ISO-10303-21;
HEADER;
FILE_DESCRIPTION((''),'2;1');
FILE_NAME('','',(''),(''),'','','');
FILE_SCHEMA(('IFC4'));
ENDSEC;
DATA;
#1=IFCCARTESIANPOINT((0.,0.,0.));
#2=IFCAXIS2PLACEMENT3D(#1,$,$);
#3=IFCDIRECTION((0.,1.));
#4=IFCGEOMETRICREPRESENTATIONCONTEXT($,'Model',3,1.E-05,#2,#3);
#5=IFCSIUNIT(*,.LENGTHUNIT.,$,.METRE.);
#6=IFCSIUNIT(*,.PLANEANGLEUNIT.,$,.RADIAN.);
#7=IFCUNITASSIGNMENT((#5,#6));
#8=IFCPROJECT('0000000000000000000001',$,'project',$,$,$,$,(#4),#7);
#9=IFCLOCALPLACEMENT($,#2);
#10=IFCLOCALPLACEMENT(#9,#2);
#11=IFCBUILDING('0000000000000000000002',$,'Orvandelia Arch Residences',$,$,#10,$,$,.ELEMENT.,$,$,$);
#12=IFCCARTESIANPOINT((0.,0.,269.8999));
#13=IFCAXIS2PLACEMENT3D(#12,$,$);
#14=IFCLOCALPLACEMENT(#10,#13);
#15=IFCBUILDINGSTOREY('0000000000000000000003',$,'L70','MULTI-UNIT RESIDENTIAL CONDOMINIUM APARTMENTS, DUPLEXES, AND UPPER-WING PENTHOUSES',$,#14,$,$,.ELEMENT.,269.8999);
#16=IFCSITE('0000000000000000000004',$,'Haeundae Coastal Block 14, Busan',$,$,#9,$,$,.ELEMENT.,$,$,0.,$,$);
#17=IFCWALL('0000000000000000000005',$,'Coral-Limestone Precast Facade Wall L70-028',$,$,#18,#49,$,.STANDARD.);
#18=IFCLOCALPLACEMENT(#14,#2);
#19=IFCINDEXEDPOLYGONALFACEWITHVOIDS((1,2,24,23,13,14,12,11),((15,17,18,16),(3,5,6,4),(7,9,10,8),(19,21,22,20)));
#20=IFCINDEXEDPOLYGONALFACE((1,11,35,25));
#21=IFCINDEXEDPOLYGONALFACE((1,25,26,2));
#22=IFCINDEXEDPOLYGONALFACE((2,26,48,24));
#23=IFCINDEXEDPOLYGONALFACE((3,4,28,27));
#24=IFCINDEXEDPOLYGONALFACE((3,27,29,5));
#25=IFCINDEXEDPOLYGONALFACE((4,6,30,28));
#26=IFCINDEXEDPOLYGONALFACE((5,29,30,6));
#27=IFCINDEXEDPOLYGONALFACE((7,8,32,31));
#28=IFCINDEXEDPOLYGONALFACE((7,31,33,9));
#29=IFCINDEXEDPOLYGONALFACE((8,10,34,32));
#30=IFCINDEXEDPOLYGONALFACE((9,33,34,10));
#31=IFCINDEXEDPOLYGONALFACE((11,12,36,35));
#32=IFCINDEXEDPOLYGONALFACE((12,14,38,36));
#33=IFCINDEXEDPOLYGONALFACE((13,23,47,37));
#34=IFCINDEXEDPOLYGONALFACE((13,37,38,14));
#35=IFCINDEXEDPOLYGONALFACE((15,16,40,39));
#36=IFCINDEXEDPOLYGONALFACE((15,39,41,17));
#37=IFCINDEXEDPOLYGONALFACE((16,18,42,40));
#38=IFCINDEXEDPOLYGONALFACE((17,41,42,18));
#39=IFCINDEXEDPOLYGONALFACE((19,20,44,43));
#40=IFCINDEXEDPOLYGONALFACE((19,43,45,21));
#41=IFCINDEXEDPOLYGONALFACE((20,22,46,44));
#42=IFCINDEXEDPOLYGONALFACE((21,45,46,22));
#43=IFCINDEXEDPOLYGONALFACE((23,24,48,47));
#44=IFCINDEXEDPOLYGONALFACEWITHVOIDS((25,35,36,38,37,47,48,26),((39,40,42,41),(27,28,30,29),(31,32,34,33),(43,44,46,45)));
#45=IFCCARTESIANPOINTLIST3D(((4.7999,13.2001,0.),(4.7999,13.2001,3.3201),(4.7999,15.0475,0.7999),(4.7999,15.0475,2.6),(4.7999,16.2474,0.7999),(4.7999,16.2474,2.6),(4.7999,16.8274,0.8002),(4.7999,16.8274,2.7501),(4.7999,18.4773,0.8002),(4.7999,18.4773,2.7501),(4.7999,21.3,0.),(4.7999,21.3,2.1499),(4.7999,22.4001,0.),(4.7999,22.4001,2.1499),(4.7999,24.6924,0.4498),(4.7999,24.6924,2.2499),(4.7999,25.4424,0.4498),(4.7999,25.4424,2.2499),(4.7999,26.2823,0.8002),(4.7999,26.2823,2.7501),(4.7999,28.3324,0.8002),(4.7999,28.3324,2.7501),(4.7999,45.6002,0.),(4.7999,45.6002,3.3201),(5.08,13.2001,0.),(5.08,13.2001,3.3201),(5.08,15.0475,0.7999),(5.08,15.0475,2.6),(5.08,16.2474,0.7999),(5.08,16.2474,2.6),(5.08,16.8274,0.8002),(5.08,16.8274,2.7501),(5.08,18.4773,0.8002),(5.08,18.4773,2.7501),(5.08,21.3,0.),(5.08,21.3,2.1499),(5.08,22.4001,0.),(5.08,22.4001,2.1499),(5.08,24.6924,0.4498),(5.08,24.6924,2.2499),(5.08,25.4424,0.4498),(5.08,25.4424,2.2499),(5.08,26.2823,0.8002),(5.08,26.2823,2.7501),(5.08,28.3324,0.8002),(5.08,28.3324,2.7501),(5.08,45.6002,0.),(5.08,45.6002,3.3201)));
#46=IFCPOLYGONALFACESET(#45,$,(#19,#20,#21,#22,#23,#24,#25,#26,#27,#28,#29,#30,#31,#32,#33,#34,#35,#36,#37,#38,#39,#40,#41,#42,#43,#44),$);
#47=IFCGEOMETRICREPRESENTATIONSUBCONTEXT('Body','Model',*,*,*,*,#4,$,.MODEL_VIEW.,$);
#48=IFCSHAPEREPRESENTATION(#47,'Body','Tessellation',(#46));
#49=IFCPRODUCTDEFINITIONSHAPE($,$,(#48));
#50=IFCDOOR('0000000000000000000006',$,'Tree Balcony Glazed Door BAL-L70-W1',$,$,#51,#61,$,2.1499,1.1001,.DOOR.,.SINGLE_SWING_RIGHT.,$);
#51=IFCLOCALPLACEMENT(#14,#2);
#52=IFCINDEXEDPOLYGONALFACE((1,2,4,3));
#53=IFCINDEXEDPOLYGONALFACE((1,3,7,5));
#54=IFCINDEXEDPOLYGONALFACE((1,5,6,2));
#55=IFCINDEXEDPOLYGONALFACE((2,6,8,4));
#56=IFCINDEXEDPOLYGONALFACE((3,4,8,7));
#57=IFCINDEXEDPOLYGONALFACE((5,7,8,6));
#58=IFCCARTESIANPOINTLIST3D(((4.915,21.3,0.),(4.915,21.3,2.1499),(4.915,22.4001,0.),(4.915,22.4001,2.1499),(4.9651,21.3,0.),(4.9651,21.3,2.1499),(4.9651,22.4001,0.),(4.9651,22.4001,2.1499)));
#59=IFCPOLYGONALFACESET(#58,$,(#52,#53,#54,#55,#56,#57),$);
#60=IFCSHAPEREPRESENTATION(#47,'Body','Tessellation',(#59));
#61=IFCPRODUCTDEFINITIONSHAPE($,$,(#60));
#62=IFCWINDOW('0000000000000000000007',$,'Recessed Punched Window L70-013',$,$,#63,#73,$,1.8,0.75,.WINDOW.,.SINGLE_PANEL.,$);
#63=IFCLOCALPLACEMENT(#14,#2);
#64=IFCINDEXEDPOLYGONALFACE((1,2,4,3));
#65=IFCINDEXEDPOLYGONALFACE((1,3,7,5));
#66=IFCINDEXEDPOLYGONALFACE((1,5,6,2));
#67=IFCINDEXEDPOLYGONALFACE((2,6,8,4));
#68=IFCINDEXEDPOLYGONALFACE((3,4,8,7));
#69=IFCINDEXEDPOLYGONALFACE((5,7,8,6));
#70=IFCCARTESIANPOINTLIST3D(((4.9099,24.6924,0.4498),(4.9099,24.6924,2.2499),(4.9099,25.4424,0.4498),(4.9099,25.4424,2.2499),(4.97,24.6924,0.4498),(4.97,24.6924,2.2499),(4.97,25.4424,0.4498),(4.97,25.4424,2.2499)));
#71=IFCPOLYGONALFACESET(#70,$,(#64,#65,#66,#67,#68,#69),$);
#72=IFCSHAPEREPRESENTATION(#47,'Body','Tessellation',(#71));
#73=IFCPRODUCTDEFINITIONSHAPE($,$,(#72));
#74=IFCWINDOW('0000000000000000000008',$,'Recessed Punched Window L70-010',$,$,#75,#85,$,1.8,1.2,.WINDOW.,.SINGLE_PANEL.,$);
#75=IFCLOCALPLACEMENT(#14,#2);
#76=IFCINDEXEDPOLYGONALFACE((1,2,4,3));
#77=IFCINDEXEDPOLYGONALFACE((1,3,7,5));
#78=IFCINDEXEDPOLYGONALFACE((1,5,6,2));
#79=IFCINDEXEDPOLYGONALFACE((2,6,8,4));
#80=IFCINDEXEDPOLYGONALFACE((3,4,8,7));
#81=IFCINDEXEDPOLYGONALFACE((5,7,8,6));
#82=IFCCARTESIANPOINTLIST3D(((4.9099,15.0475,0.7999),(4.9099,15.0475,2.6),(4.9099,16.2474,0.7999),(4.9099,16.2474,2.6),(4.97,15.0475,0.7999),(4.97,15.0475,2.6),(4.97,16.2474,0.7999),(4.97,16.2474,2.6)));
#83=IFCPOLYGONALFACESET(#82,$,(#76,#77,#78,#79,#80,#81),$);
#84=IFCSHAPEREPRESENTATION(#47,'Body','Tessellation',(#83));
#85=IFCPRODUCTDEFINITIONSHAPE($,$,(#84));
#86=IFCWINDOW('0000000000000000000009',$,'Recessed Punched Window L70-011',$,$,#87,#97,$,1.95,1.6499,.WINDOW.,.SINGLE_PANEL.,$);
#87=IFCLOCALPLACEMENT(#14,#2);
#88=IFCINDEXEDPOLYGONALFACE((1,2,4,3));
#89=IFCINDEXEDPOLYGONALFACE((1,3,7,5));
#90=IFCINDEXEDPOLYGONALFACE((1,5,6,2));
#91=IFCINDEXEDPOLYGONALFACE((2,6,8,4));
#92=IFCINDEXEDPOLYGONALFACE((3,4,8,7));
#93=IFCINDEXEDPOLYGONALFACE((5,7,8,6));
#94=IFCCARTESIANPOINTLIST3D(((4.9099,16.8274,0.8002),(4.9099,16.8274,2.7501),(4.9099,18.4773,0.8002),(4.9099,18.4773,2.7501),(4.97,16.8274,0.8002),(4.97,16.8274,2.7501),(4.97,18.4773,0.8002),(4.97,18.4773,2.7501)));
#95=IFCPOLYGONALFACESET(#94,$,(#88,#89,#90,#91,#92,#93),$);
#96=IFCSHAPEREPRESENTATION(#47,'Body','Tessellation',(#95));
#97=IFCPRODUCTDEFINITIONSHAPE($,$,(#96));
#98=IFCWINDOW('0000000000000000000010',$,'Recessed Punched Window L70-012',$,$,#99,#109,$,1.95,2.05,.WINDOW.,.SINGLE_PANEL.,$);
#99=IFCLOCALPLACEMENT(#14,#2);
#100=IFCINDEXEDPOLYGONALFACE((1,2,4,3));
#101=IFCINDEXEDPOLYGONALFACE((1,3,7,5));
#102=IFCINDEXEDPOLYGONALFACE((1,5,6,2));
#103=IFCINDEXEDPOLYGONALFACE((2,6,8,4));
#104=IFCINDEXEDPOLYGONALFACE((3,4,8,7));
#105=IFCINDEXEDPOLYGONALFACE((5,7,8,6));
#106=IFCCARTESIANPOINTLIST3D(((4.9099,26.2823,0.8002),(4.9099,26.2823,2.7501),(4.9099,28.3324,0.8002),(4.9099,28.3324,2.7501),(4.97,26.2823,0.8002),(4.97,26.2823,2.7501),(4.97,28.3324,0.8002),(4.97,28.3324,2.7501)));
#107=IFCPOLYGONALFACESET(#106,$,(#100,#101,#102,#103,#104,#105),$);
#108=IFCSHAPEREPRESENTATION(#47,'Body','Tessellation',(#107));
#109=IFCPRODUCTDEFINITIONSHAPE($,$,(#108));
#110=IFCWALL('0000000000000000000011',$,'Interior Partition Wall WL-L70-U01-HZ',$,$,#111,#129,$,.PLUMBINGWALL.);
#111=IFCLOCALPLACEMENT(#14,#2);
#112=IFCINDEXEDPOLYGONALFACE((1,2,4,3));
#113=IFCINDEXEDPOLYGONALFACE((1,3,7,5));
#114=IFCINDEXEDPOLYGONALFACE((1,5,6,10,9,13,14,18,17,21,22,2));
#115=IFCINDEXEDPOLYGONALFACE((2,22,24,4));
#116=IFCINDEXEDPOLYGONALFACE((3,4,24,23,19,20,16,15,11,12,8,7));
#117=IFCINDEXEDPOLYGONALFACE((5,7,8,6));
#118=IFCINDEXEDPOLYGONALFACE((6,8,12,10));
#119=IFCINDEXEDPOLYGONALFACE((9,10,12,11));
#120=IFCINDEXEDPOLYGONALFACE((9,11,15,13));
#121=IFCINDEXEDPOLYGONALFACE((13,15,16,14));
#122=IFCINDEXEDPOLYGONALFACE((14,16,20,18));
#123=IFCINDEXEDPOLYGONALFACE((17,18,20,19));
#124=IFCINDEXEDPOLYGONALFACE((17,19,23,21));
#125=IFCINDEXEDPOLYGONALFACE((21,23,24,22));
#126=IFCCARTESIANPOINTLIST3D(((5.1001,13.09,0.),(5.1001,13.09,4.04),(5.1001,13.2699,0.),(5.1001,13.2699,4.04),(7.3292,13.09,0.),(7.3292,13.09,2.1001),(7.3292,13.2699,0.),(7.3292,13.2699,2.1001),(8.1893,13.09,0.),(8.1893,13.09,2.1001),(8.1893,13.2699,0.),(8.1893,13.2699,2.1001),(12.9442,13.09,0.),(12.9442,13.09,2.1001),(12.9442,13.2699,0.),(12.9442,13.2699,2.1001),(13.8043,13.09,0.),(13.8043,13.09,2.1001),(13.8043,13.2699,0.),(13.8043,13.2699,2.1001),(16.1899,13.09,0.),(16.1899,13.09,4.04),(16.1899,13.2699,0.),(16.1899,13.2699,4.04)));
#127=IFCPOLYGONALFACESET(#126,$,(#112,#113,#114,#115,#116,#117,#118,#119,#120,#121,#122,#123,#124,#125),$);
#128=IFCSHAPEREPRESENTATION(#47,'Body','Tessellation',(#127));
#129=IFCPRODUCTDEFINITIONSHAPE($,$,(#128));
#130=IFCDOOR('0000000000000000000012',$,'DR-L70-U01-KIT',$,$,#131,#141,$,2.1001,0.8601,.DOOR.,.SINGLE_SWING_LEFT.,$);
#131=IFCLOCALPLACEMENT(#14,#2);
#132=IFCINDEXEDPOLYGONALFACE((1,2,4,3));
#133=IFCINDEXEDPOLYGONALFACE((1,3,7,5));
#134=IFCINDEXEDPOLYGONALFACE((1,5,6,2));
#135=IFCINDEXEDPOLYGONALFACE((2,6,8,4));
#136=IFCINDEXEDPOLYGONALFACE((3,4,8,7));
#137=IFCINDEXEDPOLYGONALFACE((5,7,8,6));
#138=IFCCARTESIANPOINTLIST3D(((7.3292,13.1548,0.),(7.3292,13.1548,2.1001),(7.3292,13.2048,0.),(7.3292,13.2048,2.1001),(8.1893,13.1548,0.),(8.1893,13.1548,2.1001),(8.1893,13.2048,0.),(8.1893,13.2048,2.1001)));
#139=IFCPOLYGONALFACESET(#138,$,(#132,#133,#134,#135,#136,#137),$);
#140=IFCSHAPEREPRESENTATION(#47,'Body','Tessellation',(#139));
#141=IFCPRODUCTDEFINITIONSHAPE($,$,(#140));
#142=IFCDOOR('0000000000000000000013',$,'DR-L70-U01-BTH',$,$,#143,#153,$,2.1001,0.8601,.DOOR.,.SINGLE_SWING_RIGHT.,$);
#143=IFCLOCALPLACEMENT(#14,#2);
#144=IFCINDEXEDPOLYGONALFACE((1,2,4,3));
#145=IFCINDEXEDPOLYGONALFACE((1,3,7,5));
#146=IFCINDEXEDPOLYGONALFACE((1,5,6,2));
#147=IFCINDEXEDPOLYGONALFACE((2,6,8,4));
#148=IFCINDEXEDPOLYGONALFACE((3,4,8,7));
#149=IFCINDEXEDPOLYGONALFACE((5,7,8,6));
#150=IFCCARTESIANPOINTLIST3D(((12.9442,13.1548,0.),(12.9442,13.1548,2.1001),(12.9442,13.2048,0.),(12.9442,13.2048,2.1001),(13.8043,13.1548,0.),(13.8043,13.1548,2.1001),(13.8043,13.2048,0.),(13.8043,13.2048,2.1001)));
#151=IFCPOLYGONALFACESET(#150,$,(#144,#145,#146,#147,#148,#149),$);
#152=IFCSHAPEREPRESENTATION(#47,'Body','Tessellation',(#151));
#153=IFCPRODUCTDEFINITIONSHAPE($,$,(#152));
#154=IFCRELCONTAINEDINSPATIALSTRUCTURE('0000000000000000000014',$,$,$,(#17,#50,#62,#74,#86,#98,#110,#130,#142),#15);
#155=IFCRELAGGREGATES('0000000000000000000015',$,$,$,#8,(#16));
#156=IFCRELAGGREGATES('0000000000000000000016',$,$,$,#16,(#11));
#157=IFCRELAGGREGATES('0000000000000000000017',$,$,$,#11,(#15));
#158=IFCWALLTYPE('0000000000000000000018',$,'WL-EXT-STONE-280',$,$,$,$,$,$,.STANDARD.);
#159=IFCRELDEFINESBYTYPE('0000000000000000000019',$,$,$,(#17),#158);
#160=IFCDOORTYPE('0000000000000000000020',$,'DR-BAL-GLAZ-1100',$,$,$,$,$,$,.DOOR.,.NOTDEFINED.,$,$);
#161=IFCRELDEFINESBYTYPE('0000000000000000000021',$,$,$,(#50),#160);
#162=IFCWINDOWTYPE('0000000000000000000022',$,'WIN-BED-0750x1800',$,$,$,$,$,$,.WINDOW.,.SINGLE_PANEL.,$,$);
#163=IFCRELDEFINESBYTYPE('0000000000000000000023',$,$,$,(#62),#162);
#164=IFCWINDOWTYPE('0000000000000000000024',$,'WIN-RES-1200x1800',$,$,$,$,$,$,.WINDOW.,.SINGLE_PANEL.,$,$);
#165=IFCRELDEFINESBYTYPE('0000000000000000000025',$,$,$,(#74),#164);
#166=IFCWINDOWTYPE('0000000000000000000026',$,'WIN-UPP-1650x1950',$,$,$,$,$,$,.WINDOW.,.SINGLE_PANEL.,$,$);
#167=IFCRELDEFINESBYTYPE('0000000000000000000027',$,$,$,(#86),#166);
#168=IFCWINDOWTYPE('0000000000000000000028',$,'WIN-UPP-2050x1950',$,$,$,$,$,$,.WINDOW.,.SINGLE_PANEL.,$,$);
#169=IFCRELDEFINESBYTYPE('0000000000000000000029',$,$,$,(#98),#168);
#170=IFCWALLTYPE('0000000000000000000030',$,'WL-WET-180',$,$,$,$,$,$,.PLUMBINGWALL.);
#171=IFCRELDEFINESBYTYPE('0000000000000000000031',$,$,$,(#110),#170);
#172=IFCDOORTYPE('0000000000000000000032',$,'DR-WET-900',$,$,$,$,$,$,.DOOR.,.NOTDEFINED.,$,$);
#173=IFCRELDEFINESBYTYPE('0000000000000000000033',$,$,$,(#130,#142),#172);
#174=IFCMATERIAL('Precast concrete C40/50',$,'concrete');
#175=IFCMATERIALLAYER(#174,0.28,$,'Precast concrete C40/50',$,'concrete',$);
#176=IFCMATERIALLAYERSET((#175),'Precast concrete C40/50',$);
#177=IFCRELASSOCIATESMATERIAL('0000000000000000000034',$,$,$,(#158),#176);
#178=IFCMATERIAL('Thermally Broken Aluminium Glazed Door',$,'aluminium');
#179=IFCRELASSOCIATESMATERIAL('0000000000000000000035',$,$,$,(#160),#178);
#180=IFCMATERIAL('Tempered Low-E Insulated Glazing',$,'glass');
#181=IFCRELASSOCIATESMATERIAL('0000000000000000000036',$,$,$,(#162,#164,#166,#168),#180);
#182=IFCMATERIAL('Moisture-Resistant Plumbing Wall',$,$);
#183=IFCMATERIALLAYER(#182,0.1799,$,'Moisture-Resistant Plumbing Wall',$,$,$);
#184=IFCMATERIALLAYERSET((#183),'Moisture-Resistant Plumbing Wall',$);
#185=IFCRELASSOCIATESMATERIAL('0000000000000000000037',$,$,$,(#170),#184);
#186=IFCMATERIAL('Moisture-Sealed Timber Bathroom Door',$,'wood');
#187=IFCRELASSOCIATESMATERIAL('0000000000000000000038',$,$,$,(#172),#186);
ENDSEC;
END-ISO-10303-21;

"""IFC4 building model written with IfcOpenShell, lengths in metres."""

from ifc_helpers import new_model, si_unit, direction, frame, frame_2d, origin, place, context, subcontext, project, spatial, rectangle, extrude, material, layer, layer_set, type_object, element, fill, save


model = new_model("IFC4")

# Units and contexts
model_context = context("Model", 3, precision=1e-05, world=origin(), true_north=direction((0.0, 1.0)))
body_context = subcontext(model_context, "Body", "Model", "MODEL_VIEW")
ifc_project = project(units=[si_unit("LENGTHUNIT", "METRE"), si_unit("PLANEANGLEUNIT", "RADIAN")], contexts=[model_context])

# Site, building, storey
site_placement = place(None, origin())
site = spatial("IfcSite", under=ifc_project, at=site_placement, Name="Haeundae Coastal Block 14, Busan", CompositionType="ELEMENT", RefElevation=0.0)
building_placement = place(site_placement, origin())
building = spatial("IfcBuilding", under=site, at=building_placement, Name="Orvandelia Arch Residences", CompositionType="ELEMENT")
storey_placement = place(building_placement, frame((0.0, 0.0, 269.8999)))
storey = spatial("IfcBuildingStorey", under=building, at=storey_placement, Name="L70", Description="MULTI-UNIT RESIDENTIAL CONDOMINIUM APARTMENTS, DUPLEXES, AND UPPER-WING PENTHOUSES", CompositionType="ELEMENT", Elevation=269.8999)

# Shared definitions
ifc_material_1 = material(Name="Precast concrete C40/50", Category="concrete")

# Shared definitions
ifc_layer_1 = layer(ifc_material_1, 0.28, Name="Precast concrete C40/50", Category="concrete")
ifc_layer_set_1 = layer_set([ifc_layer_1], Name="Precast concrete C40/50")
wall_type_1 = type_object("IfcWallType", Name="WL-EXT-STONE-280", PredefinedType="STANDARD", material=ifc_layer_set_1)

# Wall, openings, door, windows
wall_1_placement = place(storey_placement, frame((4.9399, 13.2, 0.0), z_axis=(0.0, 0.0, 1.0), x_axis=(0.0, 1.0, 0.0)))
wall_1 = element("IfcWall", 1, at=wall_1_placement, inside=storey, type_object=wall_type_1, Name="Coral-Limestone Precast Facade Wall L70-028", PredefinedType="STANDARD", context=body_context, shape_type="SweptSolid", body=[
    extrude(rectangle(XDim=32.4001, YDim=0.28, at=frame_2d((16.2002, 0.0))), origin(), (0.0, 0.0, 1.0), 3.3201),
])
opening_1_placement = place(wall_1_placement, frame((8.1001, 0.0, 0.0)))
opening_1 = element("IfcOpeningElement", 2, at=opening_1_placement, cuts=wall_1, PredefinedType="OPENING", context=body_context, shape_type="SweptSolid", body=[
    extrude(rectangle(XDim=1.1001, YDim=2.1499, at=frame_2d((0.55, 1.075))), frame((0.0, 0.1499, 0.0), z_axis=(0.0, -1.0, 0.0), x_axis=(1.0, 0.0, 0.0)), (0.0, 0.0, 1.0), 0.3),
])
opening_2_placement = place(wall_1_placement, frame((1.8474, 0.0, 0.8)))
opening_2 = element("IfcOpeningElement", 3, at=opening_2_placement, cuts=wall_1, PredefinedType="OPENING", context=body_context, shape_type="SweptSolid", body=[
    extrude(rectangle(XDim=1.2, YDim=1.8, at=frame_2d((0.6001, 0.8999))), frame((0.0, 0.1499, 0.0), z_axis=(0.0, -1.0, 0.0), x_axis=(1.0, 0.0, 0.0)), (0.0, 0.0, 1.0), 0.3),
])
opening_3_placement = place(wall_1_placement, frame((3.6274, 0.0, 0.8)))
opening_3 = element("IfcOpeningElement", 4, at=opening_3_placement, cuts=wall_1, PredefinedType="OPENING", context=body_context, shape_type="SweptSolid", body=[
    extrude(rectangle(XDim=1.6499, YDim=1.95, at=frame_2d((0.825, 0.9751))), frame((0.0, 0.1499, 0.0), z_axis=(0.0, -1.0, 0.0), x_axis=(1.0, 0.0, 0.0)), (0.0, 0.0, 1.0), 0.3),
])
opening_4_placement = place(wall_1_placement, frame((13.0825, 0.0, 0.8)))
opening_4 = element("IfcOpeningElement", 5, at=opening_4_placement, cuts=wall_1, PredefinedType="OPENING", context=body_context, shape_type="SweptSolid", body=[
    extrude(rectangle(XDim=2.05, YDim=1.95, at=frame_2d((1.0249, 0.9751))), frame((0.0, 0.1499, 0.0), z_axis=(0.0, -1.0, 0.0), x_axis=(1.0, 0.0, 0.0)), (0.0, 0.0, 1.0), 0.3),
])
opening_5_placement = place(wall_1_placement, frame((11.4924, 0.0, 0.45)))
opening_5 = element("IfcOpeningElement", 6, at=opening_5_placement, cuts=wall_1, PredefinedType="OPENING", context=body_context, shape_type="SweptSolid", body=[
    extrude(rectangle(XDim=0.75, YDim=1.8, at=frame_2d((0.375, 0.8999))), frame((0.0, 0.1499, 0.0), z_axis=(0.0, -1.0, 0.0), x_axis=(1.0, 0.0, 0.0)), (0.0, 0.0, 1.0), 0.3),
])
ifc_material_2 = material(Name="Thermally Broken Aluminium Glazed Door", Category="aluminium")
door_type_1 = type_object("IfcDoorType", Name="DR-BAL-GLAZ-1100", OperationType="NOTDEFINED", PredefinedType="DOOR", material=ifc_material_2)
door_1_placement = place(opening_1_placement, origin())
door_1 = element("IfcDoor", 7, at=door_1_placement, inside=storey, type_object=door_type_1, Name="Tree Balcony Glazed Door BAL-L70-W1", OperationType="SINGLE_SWING_RIGHT", OverallHeight=2.1499, OverallWidth=1.1001, PredefinedType="DOOR", context=body_context, shape_type="SweptSolid", body=[
    extrude(rectangle(XDim=1.1001, YDim=2.1499, at=frame_2d((0.55, 1.075))), frame((0.0, 0.0249, 0.0), z_axis=(0.0, -1.0, 0.0), x_axis=(1.0, 0.0, 0.0)), (0.0, 0.0, 1.0), 0.05),
])
fill(opening_1, door_1)
ifc_material_3 = material(Name="Tempered Low-E Insulated Glazing", Category="glass")
window_type_1 = type_object("IfcWindowType", Name="WIN-BED-0750x1800", PartitioningType="SINGLE_PANEL", PredefinedType="WINDOW", material=ifc_material_3)
window_1_placement = place(opening_5_placement, origin())
window_1 = element("IfcWindow", 8, at=window_1_placement, inside=storey, type_object=window_type_1, Name="Recessed Punched Window L70-013", OverallHeight=1.8, OverallWidth=0.75, PartitioningType="SINGLE_PANEL", PredefinedType="WINDOW", context=body_context, shape_type="SweptSolid", body=[
    extrude(rectangle(XDim=0.75, YDim=1.8, at=frame_2d((0.375, 0.8999))), frame((0.0, 0.03, 0.0), z_axis=(0.0, -1.0, 0.0), x_axis=(1.0, 0.0, 0.0)), (0.0, 0.0, 1.0), 0.0601),
])
fill(opening_5, window_1)
window_type_2 = type_object("IfcWindowType", Name="WIN-RES-1200x1800", PartitioningType="SINGLE_PANEL", PredefinedType="WINDOW", material=ifc_material_3)
window_2_placement = place(opening_2_placement, origin())
window_2 = element("IfcWindow", 9, at=window_2_placement, inside=storey, type_object=window_type_2, Name="Recessed Punched Window L70-010", OverallHeight=1.8, OverallWidth=1.2, PartitioningType="SINGLE_PANEL", PredefinedType="WINDOW", context=body_context, shape_type="SweptSolid", body=[
    extrude(rectangle(XDim=1.2, YDim=1.8, at=frame_2d((0.6001, 0.8999))), frame((0.0, 0.03, 0.0), z_axis=(0.0, -1.0, 0.0), x_axis=(1.0, 0.0, 0.0)), (0.0, 0.0, 1.0), 0.0601),
])
fill(opening_2, window_2)
window_type_3 = type_object("IfcWindowType", Name="WIN-UPP-1650x1950", PartitioningType="SINGLE_PANEL", PredefinedType="WINDOW", material=ifc_material_3)
window_3_placement = place(opening_3_placement, origin())
window_3 = element("IfcWindow", 10, at=window_3_placement, inside=storey, type_object=window_type_3, Name="Recessed Punched Window L70-011", OverallHeight=1.95, OverallWidth=1.6499, PartitioningType="SINGLE_PANEL", PredefinedType="WINDOW", context=body_context, shape_type="SweptSolid", body=[
    extrude(rectangle(XDim=1.6499, YDim=1.95, at=frame_2d((0.825, 0.9751))), frame((0.0, 0.03, 0.0), z_axis=(0.0, -1.0, 0.0), x_axis=(1.0, 0.0, 0.0)), (0.0, 0.0, 1.0), 0.0601),
])
fill(opening_3, window_3)
window_type_4 = type_object("IfcWindowType", Name="WIN-UPP-2050x1950", PartitioningType="SINGLE_PANEL", PredefinedType="WINDOW", material=ifc_material_3)
window_4_placement = place(opening_4_placement, origin())
window_4 = element("IfcWindow", 11, at=window_4_placement, inside=storey, type_object=window_type_4, Name="Recessed Punched Window L70-012", OverallHeight=1.95, OverallWidth=2.05, PartitioningType="SINGLE_PANEL", PredefinedType="WINDOW", context=body_context, shape_type="SweptSolid", body=[
    extrude(rectangle(XDim=2.05, YDim=1.95, at=frame_2d((1.0249, 0.9751))), frame((0.0, 0.03, 0.0), z_axis=(0.0, -1.0, 0.0), x_axis=(1.0, 0.0, 0.0)), (0.0, 0.0, 1.0), 0.0601),
])
fill(opening_4, window_4)

# Wall, openings, doors
ifc_material_4 = material(Name="Moisture-Resistant Plumbing Wall")
ifc_layer_2 = layer(ifc_material_4, 0.1799, Name="Moisture-Resistant Plumbing Wall")
ifc_layer_set_2 = layer_set([ifc_layer_2], Name="Moisture-Resistant Plumbing Wall")
wall_type_2 = type_object("IfcWallType", Name="WL-WET-180", PredefinedType="PLUMBINGWALL", material=ifc_layer_set_2)
wall_2_placement = place(storey_placement, frame((5.1001, 13.1799, 0.0), z_axis=(0.0, 0.0, 1.0), x_axis=(1.0, 0.0, 0.0)))
wall_2 = element("IfcWall", 12, at=wall_2_placement, inside=storey, type_object=wall_type_2, Name="Interior Partition Wall WL-L70-U01-HZ", PredefinedType="PLUMBINGWALL", context=body_context, shape_type="SweptSolid", body=[
    extrude(rectangle(XDim=11.0898, YDim=0.1799, at=frame_2d((5.5449, 0.0))), origin(), (0.0, 0.0, 1.0), 4.04),
])
opening_6_placement = place(wall_2_placement, frame((2.229, 0.0, 0.0)))
opening_6 = element("IfcOpeningElement", 13, at=opening_6_placement, cuts=wall_2, PredefinedType="OPENING", context=body_context, shape_type="SweptSolid", body=[
    extrude(rectangle(XDim=0.8601, YDim=2.1001, at=frame_2d((0.4302, 1.05))), frame((0.0, 0.1001, 0.0), z_axis=(0.0, -1.0, 0.0), x_axis=(1.0, 0.0, 0.0)), (0.0, 0.0, 1.0), 0.2),
])
opening_7_placement = place(wall_2_placement, frame((7.844, 0.0, 0.0)))
opening_7 = element("IfcOpeningElement", 14, at=opening_7_placement, cuts=wall_2, PredefinedType="OPENING", context=body_context, shape_type="SweptSolid", body=[
    extrude(rectangle(XDim=0.8601, YDim=2.1001, at=frame_2d((0.4302, 1.05))), frame((0.0, 0.1001, 0.0), z_axis=(0.0, -1.0, 0.0), x_axis=(1.0, 0.0, 0.0)), (0.0, 0.0, 1.0), 0.2),
])
ifc_material_5 = material(Name="Moisture-Sealed Timber Bathroom Door", Category="wood")
door_type_2 = type_object("IfcDoorType", Name="DR-WET-900", OperationType="NOTDEFINED", PredefinedType="DOOR", material=ifc_material_5)
door_2_placement = place(opening_6_placement, origin())
door_2 = element("IfcDoor", 15, at=door_2_placement, inside=storey, type_object=door_type_2, Name="DR-L70-U01-KIT", OperationType="SINGLE_SWING_LEFT", OverallHeight=2.1001, OverallWidth=0.8601, PredefinedType="DOOR", context=body_context, shape_type="SweptSolid", body=[
    extrude(rectangle(XDim=0.8601, YDim=2.1001, at=frame_2d((0.4302, 1.05))), frame((0.0, 0.0249, 0.0), z_axis=(0.0, -1.0, 0.0), x_axis=(1.0, 0.0, 0.0)), (0.0, 0.0, 1.0), 0.05),
])
fill(opening_6, door_2)
door_3_placement = place(opening_7_placement, origin())
door_3 = element("IfcDoor", 16, at=door_3_placement, inside=storey, type_object=door_type_2, Name="DR-L70-U01-BTH", OperationType="SINGLE_SWING_RIGHT", OverallHeight=2.1001, OverallWidth=0.8601, PredefinedType="DOOR", context=body_context, shape_type="SweptSolid", body=[
    extrude(rectangle(XDim=0.8601, YDim=2.1001, at=frame_2d((0.4302, 1.05))), frame((0.0, 0.0249, 0.0), z_axis=(0.0, -1.0, 0.0), x_axis=(1.0, 0.0, 0.0)), (0.0, 0.0, 1.0), 0.05),
])
fill(opening_7, door_3)

save(model, "model.ifc")
